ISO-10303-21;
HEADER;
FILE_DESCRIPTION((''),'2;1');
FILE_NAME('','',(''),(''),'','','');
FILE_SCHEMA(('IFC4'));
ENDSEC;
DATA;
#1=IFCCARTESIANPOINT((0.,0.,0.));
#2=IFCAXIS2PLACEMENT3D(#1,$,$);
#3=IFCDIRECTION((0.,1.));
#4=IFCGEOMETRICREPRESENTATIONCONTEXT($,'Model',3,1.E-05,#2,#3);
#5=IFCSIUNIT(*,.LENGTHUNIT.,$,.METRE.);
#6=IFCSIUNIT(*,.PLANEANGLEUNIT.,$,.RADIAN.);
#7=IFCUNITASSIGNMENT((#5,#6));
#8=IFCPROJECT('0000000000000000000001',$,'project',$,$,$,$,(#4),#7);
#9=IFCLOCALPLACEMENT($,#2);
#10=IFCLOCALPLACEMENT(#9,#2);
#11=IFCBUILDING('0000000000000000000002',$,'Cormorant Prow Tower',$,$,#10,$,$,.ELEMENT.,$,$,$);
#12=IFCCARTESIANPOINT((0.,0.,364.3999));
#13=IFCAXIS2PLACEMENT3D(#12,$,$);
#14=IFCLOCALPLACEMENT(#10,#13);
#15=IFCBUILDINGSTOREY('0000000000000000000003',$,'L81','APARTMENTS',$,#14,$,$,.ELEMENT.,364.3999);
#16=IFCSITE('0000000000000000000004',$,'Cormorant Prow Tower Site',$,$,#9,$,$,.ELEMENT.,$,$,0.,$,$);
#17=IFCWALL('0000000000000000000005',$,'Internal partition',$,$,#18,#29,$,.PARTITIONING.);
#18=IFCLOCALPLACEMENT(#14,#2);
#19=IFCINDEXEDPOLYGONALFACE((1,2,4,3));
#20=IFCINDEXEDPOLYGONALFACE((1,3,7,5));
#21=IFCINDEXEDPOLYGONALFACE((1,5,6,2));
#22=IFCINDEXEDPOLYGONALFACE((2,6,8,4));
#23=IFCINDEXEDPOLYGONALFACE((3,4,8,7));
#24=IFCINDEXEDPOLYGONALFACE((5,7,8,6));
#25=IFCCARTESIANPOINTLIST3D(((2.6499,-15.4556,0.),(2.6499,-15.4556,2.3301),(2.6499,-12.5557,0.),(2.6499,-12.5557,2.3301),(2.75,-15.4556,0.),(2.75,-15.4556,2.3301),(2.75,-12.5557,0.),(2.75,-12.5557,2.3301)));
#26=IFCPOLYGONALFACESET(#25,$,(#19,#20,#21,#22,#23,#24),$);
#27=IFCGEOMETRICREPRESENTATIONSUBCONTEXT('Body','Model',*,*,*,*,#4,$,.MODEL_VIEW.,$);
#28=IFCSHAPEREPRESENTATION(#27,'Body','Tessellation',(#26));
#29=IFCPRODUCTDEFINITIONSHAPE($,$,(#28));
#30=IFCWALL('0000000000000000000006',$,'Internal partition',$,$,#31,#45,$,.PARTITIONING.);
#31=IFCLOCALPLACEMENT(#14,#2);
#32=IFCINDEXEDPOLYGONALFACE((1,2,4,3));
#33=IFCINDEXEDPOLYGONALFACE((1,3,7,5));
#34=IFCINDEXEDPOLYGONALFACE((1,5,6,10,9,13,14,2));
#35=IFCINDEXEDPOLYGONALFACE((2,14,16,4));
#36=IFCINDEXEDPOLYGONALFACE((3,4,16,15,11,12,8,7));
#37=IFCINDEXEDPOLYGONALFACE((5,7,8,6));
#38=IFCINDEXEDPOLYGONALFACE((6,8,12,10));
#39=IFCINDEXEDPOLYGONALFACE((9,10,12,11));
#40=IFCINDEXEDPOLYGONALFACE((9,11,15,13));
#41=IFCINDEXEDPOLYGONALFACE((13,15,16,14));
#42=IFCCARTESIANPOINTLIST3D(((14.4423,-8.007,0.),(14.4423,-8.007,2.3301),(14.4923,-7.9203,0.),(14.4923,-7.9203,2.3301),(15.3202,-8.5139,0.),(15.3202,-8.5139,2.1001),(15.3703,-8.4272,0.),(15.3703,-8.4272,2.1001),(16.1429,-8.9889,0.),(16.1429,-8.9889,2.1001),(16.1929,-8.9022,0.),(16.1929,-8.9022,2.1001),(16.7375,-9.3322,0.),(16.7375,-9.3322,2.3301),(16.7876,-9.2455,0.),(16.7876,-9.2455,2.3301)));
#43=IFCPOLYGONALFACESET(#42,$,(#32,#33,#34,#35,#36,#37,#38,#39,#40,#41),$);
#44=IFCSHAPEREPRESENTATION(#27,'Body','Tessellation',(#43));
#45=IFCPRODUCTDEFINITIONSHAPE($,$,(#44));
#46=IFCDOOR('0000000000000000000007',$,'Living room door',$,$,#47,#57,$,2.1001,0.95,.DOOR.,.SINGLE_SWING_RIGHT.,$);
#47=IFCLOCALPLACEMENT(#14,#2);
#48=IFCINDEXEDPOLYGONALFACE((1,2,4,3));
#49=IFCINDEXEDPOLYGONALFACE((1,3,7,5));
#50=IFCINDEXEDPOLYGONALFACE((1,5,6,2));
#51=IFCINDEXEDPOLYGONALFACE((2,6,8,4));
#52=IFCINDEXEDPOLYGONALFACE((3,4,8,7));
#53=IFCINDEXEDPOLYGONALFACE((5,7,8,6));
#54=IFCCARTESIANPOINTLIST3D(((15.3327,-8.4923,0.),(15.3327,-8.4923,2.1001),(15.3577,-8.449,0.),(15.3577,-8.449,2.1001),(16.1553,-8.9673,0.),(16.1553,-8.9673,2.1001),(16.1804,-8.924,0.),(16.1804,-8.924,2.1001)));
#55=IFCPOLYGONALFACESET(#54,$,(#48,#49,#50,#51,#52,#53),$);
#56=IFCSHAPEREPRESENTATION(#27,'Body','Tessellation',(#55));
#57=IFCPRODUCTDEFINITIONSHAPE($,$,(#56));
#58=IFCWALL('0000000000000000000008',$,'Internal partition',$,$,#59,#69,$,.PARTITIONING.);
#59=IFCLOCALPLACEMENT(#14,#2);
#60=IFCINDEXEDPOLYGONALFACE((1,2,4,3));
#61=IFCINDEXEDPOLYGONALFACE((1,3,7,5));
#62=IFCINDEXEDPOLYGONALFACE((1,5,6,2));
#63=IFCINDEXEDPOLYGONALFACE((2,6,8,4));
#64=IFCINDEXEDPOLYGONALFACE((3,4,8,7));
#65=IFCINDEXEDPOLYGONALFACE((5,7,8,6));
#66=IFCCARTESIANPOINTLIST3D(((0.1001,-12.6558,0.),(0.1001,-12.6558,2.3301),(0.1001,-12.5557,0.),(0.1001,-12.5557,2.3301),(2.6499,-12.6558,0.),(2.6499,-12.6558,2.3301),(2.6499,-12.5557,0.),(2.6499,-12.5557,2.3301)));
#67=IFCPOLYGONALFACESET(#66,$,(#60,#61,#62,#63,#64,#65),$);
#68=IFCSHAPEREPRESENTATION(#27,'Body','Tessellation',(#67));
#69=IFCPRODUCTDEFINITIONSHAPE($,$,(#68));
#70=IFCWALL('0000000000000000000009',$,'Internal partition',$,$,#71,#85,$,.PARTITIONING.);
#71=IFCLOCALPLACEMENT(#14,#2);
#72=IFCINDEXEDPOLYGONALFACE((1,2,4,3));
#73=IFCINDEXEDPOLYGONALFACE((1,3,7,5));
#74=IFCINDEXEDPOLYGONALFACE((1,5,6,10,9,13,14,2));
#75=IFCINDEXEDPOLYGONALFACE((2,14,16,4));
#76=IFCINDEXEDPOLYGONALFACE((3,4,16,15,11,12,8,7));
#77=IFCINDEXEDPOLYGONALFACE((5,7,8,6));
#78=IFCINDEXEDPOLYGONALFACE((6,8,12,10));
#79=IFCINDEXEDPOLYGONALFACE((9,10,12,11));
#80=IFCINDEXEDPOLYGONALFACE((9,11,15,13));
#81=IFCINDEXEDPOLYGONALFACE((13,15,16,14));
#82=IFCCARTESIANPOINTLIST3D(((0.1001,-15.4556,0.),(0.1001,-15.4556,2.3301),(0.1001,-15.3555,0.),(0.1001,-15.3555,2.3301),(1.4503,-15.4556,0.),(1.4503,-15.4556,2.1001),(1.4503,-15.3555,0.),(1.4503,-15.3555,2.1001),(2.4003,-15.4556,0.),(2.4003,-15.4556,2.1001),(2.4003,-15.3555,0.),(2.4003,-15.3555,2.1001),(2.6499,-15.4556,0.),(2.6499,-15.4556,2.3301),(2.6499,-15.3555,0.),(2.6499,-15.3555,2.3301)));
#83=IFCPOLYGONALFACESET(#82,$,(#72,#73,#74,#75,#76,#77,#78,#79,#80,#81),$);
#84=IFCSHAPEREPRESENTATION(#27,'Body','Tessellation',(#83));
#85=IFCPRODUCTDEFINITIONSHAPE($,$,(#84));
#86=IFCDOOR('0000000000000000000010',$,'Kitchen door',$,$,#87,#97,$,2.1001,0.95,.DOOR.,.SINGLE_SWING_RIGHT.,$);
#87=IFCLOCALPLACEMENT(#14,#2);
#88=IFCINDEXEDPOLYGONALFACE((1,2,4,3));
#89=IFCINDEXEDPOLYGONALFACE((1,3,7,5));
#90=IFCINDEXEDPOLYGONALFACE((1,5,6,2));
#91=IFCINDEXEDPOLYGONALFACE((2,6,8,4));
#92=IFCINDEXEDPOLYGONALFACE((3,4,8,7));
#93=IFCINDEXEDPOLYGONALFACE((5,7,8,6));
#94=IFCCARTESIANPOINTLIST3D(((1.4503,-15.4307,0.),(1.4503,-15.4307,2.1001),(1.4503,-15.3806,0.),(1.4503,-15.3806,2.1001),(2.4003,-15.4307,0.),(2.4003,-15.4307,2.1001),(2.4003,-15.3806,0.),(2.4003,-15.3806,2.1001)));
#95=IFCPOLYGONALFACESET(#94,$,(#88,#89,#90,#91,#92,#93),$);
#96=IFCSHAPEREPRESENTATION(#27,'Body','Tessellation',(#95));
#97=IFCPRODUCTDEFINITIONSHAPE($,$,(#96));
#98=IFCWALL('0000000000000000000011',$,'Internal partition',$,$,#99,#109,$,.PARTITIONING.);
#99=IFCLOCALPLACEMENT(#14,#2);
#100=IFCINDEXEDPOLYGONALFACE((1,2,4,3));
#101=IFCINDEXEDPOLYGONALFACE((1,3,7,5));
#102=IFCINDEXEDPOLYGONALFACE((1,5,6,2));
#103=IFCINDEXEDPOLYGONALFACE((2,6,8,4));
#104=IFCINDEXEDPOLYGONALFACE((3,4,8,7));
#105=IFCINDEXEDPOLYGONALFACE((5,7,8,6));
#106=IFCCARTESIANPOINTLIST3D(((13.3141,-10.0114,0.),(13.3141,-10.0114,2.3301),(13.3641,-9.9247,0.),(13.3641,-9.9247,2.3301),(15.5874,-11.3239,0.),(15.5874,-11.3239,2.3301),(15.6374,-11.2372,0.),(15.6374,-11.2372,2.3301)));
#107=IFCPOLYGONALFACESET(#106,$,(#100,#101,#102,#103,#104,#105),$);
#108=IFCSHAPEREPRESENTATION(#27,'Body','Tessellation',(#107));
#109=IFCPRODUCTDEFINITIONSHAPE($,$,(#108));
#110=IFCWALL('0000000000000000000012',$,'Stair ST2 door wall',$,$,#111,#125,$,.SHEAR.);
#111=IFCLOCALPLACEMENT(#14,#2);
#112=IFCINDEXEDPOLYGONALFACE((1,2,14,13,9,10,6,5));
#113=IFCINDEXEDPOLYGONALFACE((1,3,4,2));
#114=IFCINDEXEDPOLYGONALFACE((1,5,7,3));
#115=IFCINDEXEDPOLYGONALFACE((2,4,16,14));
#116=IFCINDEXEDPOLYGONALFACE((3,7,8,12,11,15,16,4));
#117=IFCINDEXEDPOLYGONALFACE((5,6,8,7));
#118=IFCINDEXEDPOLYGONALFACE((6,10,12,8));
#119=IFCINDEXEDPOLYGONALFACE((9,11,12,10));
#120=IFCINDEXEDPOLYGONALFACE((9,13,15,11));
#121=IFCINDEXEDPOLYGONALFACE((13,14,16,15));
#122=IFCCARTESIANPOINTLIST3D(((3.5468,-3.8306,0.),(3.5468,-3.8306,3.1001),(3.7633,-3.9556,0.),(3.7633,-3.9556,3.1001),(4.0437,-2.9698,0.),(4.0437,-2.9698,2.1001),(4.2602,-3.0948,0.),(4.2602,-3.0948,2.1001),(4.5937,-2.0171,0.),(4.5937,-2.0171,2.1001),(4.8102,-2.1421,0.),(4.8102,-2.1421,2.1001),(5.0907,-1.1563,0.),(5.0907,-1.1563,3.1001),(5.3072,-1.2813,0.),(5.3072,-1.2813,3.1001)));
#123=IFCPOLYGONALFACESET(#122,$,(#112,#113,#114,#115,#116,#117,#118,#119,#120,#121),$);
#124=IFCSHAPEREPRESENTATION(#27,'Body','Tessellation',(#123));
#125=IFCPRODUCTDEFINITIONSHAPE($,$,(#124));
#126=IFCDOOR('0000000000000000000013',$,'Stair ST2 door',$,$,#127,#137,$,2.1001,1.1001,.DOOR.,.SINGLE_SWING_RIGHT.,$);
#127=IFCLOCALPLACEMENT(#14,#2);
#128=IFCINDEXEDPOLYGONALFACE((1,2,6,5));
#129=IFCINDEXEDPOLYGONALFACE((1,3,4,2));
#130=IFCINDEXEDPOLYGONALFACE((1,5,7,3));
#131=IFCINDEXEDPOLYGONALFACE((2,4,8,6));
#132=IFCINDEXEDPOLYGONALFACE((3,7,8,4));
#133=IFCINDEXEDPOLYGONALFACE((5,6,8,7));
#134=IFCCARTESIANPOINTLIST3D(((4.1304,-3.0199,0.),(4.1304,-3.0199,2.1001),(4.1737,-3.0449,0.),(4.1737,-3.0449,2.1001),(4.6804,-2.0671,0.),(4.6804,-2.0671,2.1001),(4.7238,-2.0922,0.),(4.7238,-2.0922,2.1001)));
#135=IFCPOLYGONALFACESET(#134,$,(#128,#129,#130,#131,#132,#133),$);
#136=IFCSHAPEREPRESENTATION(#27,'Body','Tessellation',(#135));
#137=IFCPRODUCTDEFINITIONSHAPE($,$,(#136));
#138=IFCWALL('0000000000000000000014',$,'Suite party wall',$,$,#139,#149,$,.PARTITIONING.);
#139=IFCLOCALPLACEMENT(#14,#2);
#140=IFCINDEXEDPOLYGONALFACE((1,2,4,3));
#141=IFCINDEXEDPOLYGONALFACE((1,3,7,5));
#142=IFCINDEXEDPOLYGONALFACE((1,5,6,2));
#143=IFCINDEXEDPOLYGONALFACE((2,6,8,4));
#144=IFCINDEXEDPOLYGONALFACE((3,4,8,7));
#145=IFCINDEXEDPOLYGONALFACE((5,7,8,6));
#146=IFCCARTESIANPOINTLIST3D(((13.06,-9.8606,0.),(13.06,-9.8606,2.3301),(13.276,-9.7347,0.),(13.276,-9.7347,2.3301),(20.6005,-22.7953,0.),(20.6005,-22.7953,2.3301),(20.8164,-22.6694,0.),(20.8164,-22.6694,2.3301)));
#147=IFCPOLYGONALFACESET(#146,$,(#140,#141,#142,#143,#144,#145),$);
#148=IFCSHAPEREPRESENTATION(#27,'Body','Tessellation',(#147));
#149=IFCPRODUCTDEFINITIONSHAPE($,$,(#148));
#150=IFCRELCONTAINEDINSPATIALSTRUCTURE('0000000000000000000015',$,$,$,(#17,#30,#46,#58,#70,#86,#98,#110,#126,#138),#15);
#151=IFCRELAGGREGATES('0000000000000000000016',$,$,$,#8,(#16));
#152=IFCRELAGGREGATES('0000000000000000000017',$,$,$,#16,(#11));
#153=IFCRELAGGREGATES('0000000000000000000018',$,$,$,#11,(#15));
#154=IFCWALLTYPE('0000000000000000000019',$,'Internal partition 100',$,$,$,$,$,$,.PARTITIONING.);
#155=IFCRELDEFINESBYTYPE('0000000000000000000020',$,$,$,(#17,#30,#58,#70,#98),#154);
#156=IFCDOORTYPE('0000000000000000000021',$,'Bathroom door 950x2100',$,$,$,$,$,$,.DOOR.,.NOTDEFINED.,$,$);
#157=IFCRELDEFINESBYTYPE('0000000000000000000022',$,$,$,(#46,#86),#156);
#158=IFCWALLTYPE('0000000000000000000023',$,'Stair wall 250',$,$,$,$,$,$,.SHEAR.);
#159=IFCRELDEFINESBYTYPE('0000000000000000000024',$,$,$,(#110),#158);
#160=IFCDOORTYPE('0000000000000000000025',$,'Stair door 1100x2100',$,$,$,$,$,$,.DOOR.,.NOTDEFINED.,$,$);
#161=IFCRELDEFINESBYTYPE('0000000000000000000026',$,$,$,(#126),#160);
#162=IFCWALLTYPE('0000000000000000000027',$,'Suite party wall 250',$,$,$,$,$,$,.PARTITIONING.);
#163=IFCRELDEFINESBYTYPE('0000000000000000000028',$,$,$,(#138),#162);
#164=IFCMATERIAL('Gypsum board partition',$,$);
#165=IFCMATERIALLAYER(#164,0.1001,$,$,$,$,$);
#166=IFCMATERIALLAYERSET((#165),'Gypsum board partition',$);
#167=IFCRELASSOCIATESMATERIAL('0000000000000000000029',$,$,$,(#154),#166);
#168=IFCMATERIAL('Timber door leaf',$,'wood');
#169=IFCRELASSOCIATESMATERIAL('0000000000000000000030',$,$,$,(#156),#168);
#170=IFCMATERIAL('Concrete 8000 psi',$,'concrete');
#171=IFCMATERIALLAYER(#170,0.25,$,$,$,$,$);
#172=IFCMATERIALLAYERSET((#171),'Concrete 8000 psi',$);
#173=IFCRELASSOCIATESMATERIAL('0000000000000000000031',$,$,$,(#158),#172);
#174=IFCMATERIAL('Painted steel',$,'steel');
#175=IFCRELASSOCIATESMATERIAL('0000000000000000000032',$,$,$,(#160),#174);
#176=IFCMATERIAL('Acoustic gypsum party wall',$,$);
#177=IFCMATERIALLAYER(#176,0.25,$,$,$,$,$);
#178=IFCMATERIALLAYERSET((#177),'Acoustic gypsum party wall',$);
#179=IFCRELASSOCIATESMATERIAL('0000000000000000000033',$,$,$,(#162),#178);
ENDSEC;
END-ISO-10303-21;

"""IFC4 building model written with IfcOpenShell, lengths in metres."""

from ifc_helpers import new_model, si_unit, direction, frame, frame_2d, origin, place, context, subcontext, project, spatial, rectangle, extrude, material, layer, layer_set, type_object, element, fill, save


model = new_model("IFC4")

# Units and contexts
model_context = context("Model", 3, precision=1e-05, world=origin(), true_north=direction((0.0, 1.0)))
body_context = subcontext(model_context, "Body", "Model", "MODEL_VIEW")
ifc_project = project(units=[si_unit("LENGTHUNIT", "METRE"), si_unit("PLANEANGLEUNIT", "RADIAN")], contexts=[model_context])

# Site, building, storey
site_placement = place(None, origin())
site = spatial("IfcSite", under=ifc_project, at=site_placement, Name="Cormorant Prow Tower Site", CompositionType="ELEMENT", RefElevation=0.0)
building_placement = place(site_placement, origin())
building = spatial("IfcBuilding", under=site, at=building_placement, Name="Cormorant Prow Tower", CompositionType="ELEMENT")
storey_placement = place(building_placement, frame((0.0, 0.0, 364.3999)))
storey = spatial("IfcBuildingStorey", under=building, at=storey_placement, Name="L81", Description="APARTMENTS", CompositionType="ELEMENT", Elevation=364.3999)

# Shared definitions
ifc_material_1 = material(Name="Gypsum board partition")
ifc_layer_1 = layer(ifc_material_1, 0.1001)
ifc_layer_set_1 = layer_set([ifc_layer_1], Name="Gypsum board partition")
wall_type_1 = type_object("IfcWallType", Name="Internal partition 100", PredefinedType="PARTITIONING", material=ifc_layer_set_1)
ifc_material_2 = material(Name="Timber door leaf", Category="wood")
door_type_1 = type_object("IfcDoorType", Name="Bathroom door 950x2100", OperationType="NOTDEFINED", PredefinedType="DOOR", material=ifc_material_2)

# Wall
wall_1_placement = place(storey_placement, frame((2.7, -15.4556, 0.0), z_axis=(0.0, 0.0, 1.0), x_axis=(0.0, 1.0, 0.0)))
element("IfcWall", 1, at=wall_1_placement, inside=storey, type_object=wall_type_1, Name="Internal partition", PredefinedType="PARTITIONING", context=body_context, shape_type="SweptSolid", body=[
    extrude(rectangle(XDim=2.8999, YDim=0.1001, at=frame_2d((1.45, 0.0))), origin(), (0.0, 0.0, 1.0), 2.3301),
])

# Wall, opening, door
wall_2_placement = place(storey_placement, frame((14.4673, -7.9636, 0.0), z_axis=(0.0, 0.0, 1.0), x_axis=(0.866012, -0.500023, 0.0)))
wall_2 = element("IfcWall", 2, at=wall_2_placement, inside=storey, type_object=wall_type_1, Name="Internal partition", PredefinedType="PARTITIONING", context=body_context, shape_type="SweptSolid", body=[
    extrude(rectangle(XDim=2.6504, YDim=0.1001, at=frame_2d((1.3252, 0.0))), origin(), (0.0, 0.0, 1.0), 2.3301),
])
opening_1_placement = place(wall_2_placement, frame((1.0137, 0.0, 0.0)))
opening_1 = element("IfcOpeningElement", 3, at=opening_1_placement, cuts=wall_2, PredefinedType="OPENING", context=body_context, shape_type="SweptSolid", body=[
    extrude(rectangle(XDim=0.95, YDim=2.1001, at=frame_2d((0.4751, 1.05))), frame((0.0, 0.0601, 0.0), z_axis=(0.0, -1.0, 0.0), x_axis=(1.0, 0.0, 0.0)), (0.0, 0.0, 1.0), 0.1201),
])
door_1_placement = place(opening_1_placement, origin())
door_1 = element("IfcDoor", 4, at=door_1_placement, inside=storey, type_object=door_type_1, Name="Living room door", OperationType="SINGLE_SWING_RIGHT", OverallHeight=2.1001, OverallWidth=0.95, PredefinedType="DOOR", context=body_context, shape_type="SweptSolid", body=[
    extrude(rectangle(XDim=0.95, YDim=2.1001, at=frame_2d((0.4751, 1.05))), frame((0.0, 0.0249, 0.0), z_axis=(0.0, -1.0, 0.0), x_axis=(1.0, 0.0, 0.0)), (0.0, 0.0, 1.0), 0.05),
])
fill(opening_1, door_1)

# Wall
wall_3_placement = place(storey_placement, frame((0.1001, -12.6057, 0.0), z_axis=(0.0, 0.0, 1.0), x_axis=(1.0, 0.0, 0.0)))
element("IfcWall", 5, at=wall_3_placement, inside=storey, type_object=wall_type_1, Name="Internal partition", PredefinedType="PARTITIONING", context=body_context, shape_type="SweptSolid", body=[
    extrude(rectangle(XDim=2.5498, YDim=0.1001, at=frame_2d((1.2749, 0.0))), origin(), (0.0, 0.0, 1.0), 2.3301),
])

# Wall, opening, door
wall_4_placement = place(storey_placement, frame((0.1001, -15.4055, 0.0), z_axis=(0.0, 0.0, 1.0), x_axis=(1.0, 0.0, 0.0)))
wall_4 = element("IfcWall", 6, at=wall_4_placement, inside=storey, type_object=wall_type_1, Name="Internal partition", PredefinedType="PARTITIONING", context=body_context, shape_type="SweptSolid", body=[
    extrude(rectangle(XDim=2.5498, YDim=0.1001, at=frame_2d((1.2749, 0.0))), origin(), (0.0, 0.0, 1.0), 2.3301),
])
opening_2_placement = place(wall_4_placement, frame((1.3501, 0.0, 0.0)))
opening_2 = element("IfcOpeningElement", 7, at=opening_2_placement, cuts=wall_4, PredefinedType="OPENING", context=body_context, shape_type="SweptSolid", body=[
    extrude(rectangle(XDim=0.95, YDim=2.1001, at=frame_2d((0.4751, 1.05))), frame((0.0, 0.0601, 0.0), z_axis=(0.0, -1.0, 0.0), x_axis=(1.0, 0.0, 0.0)), (0.0, 0.0, 1.0), 0.1201),
])
door_2_placement = place(opening_2_placement, origin())
door_2 = element("IfcDoor", 8, at=door_2_placement, inside=storey, type_object=door_type_1, Name="Kitchen door", OperationType="SINGLE_SWING_RIGHT", OverallHeight=2.1001, OverallWidth=0.95, PredefinedType="DOOR", context=body_context, shape_type="SweptSolid", body=[
    extrude(rectangle(XDim=0.95, YDim=2.1001, at=frame_2d((0.4751, 1.05))), frame((0.0, 0.0249, 0.0), z_axis=(0.0, -1.0, 0.0), x_axis=(1.0, 0.0, 0.0)), (0.0, 0.0, 1.0), 0.05),
])
fill(opening_2, door_2)

# Wall
wall_5_placement = place(storey_placement, frame((13.3391, -9.968, 0.0), z_axis=(0.0, 0.0, 1.0), x_axis=(0.866014, -0.50002, 0.0)))
element("IfcWall", 9, at=wall_5_placement, inside=storey, type_object=wall_type_1, Name="Internal partition", PredefinedType="PARTITIONING", context=body_context, shape_type="SweptSolid", body=[
    extrude(rectangle(XDim=2.625, YDim=0.1001, at=frame_2d((1.3125, 0.0))), origin(), (0.0, 0.0, 1.0), 2.3301),
])

# Wall, opening, door
ifc_material_3 = material(Name="Concrete 8000 psi", Category="concrete")
ifc_layer_2 = layer(ifc_material_3, 0.25)
ifc_layer_set_2 = layer_set([ifc_layer_2], Name="Concrete 8000 psi")
wall_type_2 = type_object("IfcWallType", Name="Stair wall 250", PredefinedType="SHEAR", material=ifc_layer_set_2)
wall_6_placement = place(storey_placement, frame((3.655, -3.8931, 0.0), z_axis=(0.0, 0.0, 1.0), x_axis=(0.499983, 0.866035, 0.0)))
wall_6 = element("IfcWall", 10, at=wall_6_placement, inside=storey, type_object=wall_type_2, Name="Stair ST2 door wall", PredefinedType="SHEAR", context=body_context, shape_type="SweptSolid", body=[
    extrude(rectangle(XDim=3.0879, YDim=0.25, at=frame_2d((1.5439, 0.0))), origin(), (0.0, 0.0, 1.0), 3.1001),
])
opening_3_placement = place(wall_6_placement, frame((0.9939, 0.0, 0.0)))
opening_3 = element("IfcOpeningElement", 11, at=opening_3_placement, cuts=wall_6, PredefinedType="OPENING", context=body_context, shape_type="SweptSolid", body=[
    extrude(rectangle(XDim=1.1001, YDim=2.1001, at=frame_2d((0.55, 1.05))), frame((0.0, 0.135, 0.0), z_axis=(0.0, -1.0, 0.0), x_axis=(1.0, 0.0, 0.0)), (0.0, 0.0, 1.0), 0.27),
])
ifc_material_4 = material(Name="Painted steel", Category="steel")
door_type_2 = type_object("IfcDoorType", Name="Stair door 1100x2100", OperationType="NOTDEFINED", PredefinedType="DOOR", material=ifc_material_4)
door_3_placement = place(opening_3_placement, origin())
door_3 = element("IfcDoor", 12, at=door_3_placement, inside=storey, type_object=door_type_2, Name="Stair ST2 door", OperationType="SINGLE_SWING_RIGHT", OverallHeight=2.1001, OverallWidth=1.1001, PredefinedType="DOOR", context=body_context, shape_type="SweptSolid", body=[
    extrude(rectangle(XDim=1.1001, YDim=2.1001, at=frame_2d((0.55, 1.05))), frame((0.0, 0.0249, 0.0), z_axis=(0.0, -1.0, 0.0), x_axis=(1.0, 0.0, 0.0)), (0.0, 0.0, 1.0), 0.05),
])
fill(opening_3, door_3)

# Wall
ifc_material_5 = material(Name="Acoustic gypsum party wall")
ifc_layer_3 = layer(ifc_material_5, 0.25)
ifc_layer_set_3 = layer_set([ifc_layer_3], Name="Acoustic gypsum party wall")
wall_type_3 = type_object("IfcWallType", Name="Suite party wall 250", PredefinedType="PARTITIONING", material=ifc_layer_set_3)
wall_7_placement = place(storey_placement, frame((13.168, -9.7976, 0.0), z_axis=(0.0, 0.0, 1.0), x_axis=(0.503633, -0.863918, 0.0)))
element("IfcWall", 13, at=wall_7_placement, inside=storey, type_object=wall_type_3, Name="Suite party wall", PredefinedType="PARTITIONING", context=body_context, shape_type="SweptSolid", body=[
    extrude(rectangle(XDim=14.9722, YDim=0.25, at=frame_2d((7.4861, 0.0))), origin(), (0.0, 0.0, 1.0), 2.3301),
])

save(model, "model.ifc")
